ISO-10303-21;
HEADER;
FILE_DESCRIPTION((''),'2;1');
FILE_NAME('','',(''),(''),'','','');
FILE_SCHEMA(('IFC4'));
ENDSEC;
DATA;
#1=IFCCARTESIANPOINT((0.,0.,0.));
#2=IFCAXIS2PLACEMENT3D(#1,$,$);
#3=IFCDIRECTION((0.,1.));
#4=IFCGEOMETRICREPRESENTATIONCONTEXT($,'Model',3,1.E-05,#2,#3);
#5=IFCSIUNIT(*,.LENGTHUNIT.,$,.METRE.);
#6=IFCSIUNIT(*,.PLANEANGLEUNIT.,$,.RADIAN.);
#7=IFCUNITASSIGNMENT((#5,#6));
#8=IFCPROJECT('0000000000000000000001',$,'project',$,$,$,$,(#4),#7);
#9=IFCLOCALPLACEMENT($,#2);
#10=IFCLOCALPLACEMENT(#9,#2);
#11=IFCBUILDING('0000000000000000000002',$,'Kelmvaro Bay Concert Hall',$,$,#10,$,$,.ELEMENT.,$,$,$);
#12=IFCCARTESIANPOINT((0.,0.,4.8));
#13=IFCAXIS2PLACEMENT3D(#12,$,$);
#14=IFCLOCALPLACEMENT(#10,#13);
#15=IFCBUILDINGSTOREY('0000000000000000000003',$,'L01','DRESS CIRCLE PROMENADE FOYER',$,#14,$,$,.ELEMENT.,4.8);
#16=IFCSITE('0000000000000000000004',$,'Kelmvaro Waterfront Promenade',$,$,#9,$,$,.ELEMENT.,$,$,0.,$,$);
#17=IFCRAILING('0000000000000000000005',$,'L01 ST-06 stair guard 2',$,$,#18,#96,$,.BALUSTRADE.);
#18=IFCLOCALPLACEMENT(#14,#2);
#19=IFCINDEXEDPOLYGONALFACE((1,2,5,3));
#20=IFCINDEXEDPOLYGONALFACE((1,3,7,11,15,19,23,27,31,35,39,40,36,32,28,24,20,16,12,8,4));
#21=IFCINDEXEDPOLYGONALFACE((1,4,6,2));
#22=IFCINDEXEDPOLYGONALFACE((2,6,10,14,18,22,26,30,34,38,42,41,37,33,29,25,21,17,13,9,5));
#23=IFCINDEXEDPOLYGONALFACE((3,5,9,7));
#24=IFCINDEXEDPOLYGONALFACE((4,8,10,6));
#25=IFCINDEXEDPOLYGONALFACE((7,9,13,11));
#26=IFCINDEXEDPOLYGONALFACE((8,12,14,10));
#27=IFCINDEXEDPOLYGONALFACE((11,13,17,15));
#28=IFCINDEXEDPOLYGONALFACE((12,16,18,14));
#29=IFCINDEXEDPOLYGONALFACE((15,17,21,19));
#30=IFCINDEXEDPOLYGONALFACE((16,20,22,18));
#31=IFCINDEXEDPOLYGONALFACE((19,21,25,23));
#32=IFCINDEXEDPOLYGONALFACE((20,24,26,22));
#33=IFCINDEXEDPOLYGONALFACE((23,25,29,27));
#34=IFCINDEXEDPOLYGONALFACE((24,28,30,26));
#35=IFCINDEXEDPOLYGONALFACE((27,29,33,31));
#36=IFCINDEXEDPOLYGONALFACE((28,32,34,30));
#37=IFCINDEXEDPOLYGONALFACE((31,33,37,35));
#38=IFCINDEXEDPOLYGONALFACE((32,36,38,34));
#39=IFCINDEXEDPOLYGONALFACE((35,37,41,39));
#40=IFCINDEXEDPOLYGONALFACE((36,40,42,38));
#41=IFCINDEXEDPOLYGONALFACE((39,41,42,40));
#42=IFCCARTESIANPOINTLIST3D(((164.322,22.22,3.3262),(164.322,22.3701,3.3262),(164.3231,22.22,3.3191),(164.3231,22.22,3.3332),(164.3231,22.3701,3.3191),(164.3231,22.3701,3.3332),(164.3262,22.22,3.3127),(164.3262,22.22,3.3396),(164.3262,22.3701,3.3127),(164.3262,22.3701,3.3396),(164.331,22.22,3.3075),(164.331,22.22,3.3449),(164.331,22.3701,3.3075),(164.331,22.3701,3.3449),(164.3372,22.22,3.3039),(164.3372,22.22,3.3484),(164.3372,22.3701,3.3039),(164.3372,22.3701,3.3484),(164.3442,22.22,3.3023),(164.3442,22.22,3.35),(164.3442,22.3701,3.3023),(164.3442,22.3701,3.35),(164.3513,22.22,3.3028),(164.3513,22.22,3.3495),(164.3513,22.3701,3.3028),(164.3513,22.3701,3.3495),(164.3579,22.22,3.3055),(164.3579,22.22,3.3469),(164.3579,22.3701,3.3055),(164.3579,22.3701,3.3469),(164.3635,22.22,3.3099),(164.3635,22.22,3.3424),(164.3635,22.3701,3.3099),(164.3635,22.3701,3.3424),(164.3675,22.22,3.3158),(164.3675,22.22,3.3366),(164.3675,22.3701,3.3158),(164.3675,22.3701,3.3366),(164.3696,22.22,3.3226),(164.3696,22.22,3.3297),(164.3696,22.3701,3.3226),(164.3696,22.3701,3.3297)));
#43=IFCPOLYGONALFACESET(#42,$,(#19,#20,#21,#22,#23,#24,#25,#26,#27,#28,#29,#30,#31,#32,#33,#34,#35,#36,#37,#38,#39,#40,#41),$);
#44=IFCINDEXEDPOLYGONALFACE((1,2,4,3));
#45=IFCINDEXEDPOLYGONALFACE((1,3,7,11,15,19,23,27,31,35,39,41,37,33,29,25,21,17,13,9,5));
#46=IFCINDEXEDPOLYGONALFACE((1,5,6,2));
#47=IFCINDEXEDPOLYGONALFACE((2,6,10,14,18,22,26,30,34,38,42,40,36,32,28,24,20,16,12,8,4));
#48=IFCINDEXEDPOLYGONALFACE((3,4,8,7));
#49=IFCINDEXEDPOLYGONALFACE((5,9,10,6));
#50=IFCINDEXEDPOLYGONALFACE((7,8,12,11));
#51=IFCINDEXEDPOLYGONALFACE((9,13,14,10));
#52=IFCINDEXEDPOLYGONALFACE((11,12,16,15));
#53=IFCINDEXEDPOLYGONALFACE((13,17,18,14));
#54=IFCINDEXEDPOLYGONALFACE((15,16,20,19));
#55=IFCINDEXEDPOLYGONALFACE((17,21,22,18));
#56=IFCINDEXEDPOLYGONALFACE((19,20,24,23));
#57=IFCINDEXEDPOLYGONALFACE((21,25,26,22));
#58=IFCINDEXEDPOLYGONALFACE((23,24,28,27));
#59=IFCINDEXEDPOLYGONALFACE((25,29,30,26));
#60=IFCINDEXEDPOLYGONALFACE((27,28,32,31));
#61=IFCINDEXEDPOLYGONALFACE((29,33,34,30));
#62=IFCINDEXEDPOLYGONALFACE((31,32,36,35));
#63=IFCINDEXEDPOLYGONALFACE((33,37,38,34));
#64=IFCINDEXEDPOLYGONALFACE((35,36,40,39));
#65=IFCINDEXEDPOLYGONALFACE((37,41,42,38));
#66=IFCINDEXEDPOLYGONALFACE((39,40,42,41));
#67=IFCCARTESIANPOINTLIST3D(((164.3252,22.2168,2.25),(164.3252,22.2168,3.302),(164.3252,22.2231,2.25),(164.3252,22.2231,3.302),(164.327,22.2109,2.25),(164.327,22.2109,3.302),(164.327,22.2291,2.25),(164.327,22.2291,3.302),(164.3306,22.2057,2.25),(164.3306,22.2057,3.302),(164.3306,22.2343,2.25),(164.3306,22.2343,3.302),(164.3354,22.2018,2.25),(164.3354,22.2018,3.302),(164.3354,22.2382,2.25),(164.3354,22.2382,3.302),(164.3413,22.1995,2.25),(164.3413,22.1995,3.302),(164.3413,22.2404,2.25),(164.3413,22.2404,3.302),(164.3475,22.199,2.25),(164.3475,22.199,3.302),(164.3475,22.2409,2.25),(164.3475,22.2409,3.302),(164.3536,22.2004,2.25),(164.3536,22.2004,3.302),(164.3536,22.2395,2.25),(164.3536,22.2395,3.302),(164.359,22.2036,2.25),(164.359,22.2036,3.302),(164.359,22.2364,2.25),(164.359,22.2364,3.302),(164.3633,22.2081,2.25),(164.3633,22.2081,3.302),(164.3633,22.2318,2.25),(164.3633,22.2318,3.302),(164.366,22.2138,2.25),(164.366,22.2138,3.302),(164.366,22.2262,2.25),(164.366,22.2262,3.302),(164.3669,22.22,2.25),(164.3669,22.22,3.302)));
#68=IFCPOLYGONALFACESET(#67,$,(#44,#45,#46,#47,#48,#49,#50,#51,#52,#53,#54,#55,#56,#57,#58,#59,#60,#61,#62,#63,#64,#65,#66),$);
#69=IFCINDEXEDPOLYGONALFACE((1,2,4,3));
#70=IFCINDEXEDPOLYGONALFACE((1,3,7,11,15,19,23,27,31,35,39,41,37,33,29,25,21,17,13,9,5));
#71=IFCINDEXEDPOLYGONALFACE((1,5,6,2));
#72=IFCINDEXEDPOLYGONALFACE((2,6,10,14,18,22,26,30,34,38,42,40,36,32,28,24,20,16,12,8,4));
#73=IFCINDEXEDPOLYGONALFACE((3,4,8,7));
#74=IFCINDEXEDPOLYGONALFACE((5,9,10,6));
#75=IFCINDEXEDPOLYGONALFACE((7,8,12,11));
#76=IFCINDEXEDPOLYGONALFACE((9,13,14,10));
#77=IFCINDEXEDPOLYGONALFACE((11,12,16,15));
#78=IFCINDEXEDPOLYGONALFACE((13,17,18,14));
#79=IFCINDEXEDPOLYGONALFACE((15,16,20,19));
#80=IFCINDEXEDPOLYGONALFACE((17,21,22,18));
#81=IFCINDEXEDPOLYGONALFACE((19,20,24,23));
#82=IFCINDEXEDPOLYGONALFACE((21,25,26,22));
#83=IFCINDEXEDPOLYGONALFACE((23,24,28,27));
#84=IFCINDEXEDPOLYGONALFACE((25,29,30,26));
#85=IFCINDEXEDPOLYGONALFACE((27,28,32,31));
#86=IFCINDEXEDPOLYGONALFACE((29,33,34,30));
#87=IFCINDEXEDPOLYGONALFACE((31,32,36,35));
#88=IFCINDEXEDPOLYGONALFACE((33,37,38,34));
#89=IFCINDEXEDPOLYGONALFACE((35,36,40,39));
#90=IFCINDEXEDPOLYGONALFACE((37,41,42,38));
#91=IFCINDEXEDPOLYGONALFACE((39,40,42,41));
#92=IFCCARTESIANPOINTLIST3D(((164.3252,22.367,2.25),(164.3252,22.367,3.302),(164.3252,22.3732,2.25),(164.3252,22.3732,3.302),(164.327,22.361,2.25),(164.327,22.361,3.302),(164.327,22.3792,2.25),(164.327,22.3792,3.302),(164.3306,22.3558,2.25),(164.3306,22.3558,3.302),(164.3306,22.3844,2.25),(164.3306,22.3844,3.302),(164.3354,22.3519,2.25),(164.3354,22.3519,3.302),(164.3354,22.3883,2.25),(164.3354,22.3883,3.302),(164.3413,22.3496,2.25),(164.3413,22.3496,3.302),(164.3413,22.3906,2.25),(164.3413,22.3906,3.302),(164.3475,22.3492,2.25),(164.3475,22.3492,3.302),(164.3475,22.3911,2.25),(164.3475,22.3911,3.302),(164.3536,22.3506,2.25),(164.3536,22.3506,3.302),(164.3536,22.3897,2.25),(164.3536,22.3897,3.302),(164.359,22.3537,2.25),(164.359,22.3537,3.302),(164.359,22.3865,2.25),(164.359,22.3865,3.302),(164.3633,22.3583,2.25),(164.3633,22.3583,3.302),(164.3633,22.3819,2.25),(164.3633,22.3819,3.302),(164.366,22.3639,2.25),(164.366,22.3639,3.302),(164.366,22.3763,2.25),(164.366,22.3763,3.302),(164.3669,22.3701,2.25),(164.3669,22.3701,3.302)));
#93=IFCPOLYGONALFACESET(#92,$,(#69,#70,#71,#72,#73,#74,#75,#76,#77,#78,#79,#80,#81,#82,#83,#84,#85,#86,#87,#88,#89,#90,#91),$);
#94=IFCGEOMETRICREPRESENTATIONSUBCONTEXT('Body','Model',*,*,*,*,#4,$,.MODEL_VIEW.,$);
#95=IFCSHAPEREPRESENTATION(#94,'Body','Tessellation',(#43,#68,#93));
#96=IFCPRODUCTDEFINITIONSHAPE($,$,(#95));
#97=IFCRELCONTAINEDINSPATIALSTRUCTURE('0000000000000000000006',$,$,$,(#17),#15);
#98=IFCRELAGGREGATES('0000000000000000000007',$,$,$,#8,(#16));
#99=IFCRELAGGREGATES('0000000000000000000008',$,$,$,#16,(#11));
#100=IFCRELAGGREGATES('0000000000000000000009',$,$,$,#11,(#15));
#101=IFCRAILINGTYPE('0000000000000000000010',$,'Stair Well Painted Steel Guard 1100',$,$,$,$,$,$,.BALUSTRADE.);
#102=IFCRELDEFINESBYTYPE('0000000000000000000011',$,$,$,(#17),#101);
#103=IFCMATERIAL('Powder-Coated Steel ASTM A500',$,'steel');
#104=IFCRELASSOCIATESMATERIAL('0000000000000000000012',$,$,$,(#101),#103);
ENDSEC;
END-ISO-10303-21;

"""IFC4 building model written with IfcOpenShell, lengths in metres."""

from ifc_helpers import new_model, si_unit, direction, frame, origin, origin_2d, place, context, subcontext, project, spatial, circle, extrude, material, type_object, element, save


model = new_model("IFC4")

# Units and contexts
model_context = context("Model", 3, precision=1e-05, world=origin(), true_north=direction((0.0, 1.0)))
body_context = subcontext(model_context, "Body", "Model", "MODEL_VIEW")
ifc_project = project(units=[si_unit("LENGTHUNIT", "METRE"), si_unit("PLANEANGLEUNIT", "RADIAN")], contexts=[model_context])

# Site, building, storey
site_placement = place(None, origin())
site = spatial("IfcSite", under=ifc_project, at=site_placement, Name="Kelmvaro Waterfront Promenade", CompositionType="ELEMENT", RefElevation=0.0)
building_placement = place(site_placement, origin())
building = spatial("IfcBuilding", under=site, at=building_placement, Name="Kelmvaro Bay Concert Hall", CompositionType="ELEMENT")
storey_placement = place(building_placement, frame((0.0, 0.0, 4.8)))
storey = spatial("IfcBuildingStorey", under=building, at=storey_placement, Name="L01", Description="DRESS CIRCLE PROMENADE FOYER", CompositionType="ELEMENT", Elevation=4.8)

# Railing
ifc_material_1 = material(Name="Powder-Coated Steel ASTM A500", Category="steel")
railing_type_1 = type_object("IfcRailingType", Name="Stair Well Painted Steel Guard 1100", PredefinedType="BALUSTRADE", material=ifc_material_1)
railing_1_placement = place(storey_placement, frame((164.3459, 22.22, 2.25)))
element("IfcRailing", 1, at=railing_1_placement, inside=storey, type_object=railing_type_1, Name="L01 ST-06 stair guard 2", PredefinedType="BALUSTRADE", context=body_context, shape_type="SweptSolid", body=[
    extrude(circle(Radius=0.0239, at=origin_2d()), frame((0.0, 0.0, 1.0762), z_axis=(0.0, 1.0, 0.0), x_axis=(-1.0, 0.0, 0.0)), (0.0, 0.0, 1.0), 0.1501),
    extrude(circle(Radius=0.021, at=origin_2d()), origin(), (0.0, 0.0, 1.0), 1.052),
    extrude(circle(Radius=0.021, at=origin_2d()), frame((0.0, 0.1501, 0.0)), (0.0, 0.0, 1.0), 1.052),
])

save(model, "model.ifc")
